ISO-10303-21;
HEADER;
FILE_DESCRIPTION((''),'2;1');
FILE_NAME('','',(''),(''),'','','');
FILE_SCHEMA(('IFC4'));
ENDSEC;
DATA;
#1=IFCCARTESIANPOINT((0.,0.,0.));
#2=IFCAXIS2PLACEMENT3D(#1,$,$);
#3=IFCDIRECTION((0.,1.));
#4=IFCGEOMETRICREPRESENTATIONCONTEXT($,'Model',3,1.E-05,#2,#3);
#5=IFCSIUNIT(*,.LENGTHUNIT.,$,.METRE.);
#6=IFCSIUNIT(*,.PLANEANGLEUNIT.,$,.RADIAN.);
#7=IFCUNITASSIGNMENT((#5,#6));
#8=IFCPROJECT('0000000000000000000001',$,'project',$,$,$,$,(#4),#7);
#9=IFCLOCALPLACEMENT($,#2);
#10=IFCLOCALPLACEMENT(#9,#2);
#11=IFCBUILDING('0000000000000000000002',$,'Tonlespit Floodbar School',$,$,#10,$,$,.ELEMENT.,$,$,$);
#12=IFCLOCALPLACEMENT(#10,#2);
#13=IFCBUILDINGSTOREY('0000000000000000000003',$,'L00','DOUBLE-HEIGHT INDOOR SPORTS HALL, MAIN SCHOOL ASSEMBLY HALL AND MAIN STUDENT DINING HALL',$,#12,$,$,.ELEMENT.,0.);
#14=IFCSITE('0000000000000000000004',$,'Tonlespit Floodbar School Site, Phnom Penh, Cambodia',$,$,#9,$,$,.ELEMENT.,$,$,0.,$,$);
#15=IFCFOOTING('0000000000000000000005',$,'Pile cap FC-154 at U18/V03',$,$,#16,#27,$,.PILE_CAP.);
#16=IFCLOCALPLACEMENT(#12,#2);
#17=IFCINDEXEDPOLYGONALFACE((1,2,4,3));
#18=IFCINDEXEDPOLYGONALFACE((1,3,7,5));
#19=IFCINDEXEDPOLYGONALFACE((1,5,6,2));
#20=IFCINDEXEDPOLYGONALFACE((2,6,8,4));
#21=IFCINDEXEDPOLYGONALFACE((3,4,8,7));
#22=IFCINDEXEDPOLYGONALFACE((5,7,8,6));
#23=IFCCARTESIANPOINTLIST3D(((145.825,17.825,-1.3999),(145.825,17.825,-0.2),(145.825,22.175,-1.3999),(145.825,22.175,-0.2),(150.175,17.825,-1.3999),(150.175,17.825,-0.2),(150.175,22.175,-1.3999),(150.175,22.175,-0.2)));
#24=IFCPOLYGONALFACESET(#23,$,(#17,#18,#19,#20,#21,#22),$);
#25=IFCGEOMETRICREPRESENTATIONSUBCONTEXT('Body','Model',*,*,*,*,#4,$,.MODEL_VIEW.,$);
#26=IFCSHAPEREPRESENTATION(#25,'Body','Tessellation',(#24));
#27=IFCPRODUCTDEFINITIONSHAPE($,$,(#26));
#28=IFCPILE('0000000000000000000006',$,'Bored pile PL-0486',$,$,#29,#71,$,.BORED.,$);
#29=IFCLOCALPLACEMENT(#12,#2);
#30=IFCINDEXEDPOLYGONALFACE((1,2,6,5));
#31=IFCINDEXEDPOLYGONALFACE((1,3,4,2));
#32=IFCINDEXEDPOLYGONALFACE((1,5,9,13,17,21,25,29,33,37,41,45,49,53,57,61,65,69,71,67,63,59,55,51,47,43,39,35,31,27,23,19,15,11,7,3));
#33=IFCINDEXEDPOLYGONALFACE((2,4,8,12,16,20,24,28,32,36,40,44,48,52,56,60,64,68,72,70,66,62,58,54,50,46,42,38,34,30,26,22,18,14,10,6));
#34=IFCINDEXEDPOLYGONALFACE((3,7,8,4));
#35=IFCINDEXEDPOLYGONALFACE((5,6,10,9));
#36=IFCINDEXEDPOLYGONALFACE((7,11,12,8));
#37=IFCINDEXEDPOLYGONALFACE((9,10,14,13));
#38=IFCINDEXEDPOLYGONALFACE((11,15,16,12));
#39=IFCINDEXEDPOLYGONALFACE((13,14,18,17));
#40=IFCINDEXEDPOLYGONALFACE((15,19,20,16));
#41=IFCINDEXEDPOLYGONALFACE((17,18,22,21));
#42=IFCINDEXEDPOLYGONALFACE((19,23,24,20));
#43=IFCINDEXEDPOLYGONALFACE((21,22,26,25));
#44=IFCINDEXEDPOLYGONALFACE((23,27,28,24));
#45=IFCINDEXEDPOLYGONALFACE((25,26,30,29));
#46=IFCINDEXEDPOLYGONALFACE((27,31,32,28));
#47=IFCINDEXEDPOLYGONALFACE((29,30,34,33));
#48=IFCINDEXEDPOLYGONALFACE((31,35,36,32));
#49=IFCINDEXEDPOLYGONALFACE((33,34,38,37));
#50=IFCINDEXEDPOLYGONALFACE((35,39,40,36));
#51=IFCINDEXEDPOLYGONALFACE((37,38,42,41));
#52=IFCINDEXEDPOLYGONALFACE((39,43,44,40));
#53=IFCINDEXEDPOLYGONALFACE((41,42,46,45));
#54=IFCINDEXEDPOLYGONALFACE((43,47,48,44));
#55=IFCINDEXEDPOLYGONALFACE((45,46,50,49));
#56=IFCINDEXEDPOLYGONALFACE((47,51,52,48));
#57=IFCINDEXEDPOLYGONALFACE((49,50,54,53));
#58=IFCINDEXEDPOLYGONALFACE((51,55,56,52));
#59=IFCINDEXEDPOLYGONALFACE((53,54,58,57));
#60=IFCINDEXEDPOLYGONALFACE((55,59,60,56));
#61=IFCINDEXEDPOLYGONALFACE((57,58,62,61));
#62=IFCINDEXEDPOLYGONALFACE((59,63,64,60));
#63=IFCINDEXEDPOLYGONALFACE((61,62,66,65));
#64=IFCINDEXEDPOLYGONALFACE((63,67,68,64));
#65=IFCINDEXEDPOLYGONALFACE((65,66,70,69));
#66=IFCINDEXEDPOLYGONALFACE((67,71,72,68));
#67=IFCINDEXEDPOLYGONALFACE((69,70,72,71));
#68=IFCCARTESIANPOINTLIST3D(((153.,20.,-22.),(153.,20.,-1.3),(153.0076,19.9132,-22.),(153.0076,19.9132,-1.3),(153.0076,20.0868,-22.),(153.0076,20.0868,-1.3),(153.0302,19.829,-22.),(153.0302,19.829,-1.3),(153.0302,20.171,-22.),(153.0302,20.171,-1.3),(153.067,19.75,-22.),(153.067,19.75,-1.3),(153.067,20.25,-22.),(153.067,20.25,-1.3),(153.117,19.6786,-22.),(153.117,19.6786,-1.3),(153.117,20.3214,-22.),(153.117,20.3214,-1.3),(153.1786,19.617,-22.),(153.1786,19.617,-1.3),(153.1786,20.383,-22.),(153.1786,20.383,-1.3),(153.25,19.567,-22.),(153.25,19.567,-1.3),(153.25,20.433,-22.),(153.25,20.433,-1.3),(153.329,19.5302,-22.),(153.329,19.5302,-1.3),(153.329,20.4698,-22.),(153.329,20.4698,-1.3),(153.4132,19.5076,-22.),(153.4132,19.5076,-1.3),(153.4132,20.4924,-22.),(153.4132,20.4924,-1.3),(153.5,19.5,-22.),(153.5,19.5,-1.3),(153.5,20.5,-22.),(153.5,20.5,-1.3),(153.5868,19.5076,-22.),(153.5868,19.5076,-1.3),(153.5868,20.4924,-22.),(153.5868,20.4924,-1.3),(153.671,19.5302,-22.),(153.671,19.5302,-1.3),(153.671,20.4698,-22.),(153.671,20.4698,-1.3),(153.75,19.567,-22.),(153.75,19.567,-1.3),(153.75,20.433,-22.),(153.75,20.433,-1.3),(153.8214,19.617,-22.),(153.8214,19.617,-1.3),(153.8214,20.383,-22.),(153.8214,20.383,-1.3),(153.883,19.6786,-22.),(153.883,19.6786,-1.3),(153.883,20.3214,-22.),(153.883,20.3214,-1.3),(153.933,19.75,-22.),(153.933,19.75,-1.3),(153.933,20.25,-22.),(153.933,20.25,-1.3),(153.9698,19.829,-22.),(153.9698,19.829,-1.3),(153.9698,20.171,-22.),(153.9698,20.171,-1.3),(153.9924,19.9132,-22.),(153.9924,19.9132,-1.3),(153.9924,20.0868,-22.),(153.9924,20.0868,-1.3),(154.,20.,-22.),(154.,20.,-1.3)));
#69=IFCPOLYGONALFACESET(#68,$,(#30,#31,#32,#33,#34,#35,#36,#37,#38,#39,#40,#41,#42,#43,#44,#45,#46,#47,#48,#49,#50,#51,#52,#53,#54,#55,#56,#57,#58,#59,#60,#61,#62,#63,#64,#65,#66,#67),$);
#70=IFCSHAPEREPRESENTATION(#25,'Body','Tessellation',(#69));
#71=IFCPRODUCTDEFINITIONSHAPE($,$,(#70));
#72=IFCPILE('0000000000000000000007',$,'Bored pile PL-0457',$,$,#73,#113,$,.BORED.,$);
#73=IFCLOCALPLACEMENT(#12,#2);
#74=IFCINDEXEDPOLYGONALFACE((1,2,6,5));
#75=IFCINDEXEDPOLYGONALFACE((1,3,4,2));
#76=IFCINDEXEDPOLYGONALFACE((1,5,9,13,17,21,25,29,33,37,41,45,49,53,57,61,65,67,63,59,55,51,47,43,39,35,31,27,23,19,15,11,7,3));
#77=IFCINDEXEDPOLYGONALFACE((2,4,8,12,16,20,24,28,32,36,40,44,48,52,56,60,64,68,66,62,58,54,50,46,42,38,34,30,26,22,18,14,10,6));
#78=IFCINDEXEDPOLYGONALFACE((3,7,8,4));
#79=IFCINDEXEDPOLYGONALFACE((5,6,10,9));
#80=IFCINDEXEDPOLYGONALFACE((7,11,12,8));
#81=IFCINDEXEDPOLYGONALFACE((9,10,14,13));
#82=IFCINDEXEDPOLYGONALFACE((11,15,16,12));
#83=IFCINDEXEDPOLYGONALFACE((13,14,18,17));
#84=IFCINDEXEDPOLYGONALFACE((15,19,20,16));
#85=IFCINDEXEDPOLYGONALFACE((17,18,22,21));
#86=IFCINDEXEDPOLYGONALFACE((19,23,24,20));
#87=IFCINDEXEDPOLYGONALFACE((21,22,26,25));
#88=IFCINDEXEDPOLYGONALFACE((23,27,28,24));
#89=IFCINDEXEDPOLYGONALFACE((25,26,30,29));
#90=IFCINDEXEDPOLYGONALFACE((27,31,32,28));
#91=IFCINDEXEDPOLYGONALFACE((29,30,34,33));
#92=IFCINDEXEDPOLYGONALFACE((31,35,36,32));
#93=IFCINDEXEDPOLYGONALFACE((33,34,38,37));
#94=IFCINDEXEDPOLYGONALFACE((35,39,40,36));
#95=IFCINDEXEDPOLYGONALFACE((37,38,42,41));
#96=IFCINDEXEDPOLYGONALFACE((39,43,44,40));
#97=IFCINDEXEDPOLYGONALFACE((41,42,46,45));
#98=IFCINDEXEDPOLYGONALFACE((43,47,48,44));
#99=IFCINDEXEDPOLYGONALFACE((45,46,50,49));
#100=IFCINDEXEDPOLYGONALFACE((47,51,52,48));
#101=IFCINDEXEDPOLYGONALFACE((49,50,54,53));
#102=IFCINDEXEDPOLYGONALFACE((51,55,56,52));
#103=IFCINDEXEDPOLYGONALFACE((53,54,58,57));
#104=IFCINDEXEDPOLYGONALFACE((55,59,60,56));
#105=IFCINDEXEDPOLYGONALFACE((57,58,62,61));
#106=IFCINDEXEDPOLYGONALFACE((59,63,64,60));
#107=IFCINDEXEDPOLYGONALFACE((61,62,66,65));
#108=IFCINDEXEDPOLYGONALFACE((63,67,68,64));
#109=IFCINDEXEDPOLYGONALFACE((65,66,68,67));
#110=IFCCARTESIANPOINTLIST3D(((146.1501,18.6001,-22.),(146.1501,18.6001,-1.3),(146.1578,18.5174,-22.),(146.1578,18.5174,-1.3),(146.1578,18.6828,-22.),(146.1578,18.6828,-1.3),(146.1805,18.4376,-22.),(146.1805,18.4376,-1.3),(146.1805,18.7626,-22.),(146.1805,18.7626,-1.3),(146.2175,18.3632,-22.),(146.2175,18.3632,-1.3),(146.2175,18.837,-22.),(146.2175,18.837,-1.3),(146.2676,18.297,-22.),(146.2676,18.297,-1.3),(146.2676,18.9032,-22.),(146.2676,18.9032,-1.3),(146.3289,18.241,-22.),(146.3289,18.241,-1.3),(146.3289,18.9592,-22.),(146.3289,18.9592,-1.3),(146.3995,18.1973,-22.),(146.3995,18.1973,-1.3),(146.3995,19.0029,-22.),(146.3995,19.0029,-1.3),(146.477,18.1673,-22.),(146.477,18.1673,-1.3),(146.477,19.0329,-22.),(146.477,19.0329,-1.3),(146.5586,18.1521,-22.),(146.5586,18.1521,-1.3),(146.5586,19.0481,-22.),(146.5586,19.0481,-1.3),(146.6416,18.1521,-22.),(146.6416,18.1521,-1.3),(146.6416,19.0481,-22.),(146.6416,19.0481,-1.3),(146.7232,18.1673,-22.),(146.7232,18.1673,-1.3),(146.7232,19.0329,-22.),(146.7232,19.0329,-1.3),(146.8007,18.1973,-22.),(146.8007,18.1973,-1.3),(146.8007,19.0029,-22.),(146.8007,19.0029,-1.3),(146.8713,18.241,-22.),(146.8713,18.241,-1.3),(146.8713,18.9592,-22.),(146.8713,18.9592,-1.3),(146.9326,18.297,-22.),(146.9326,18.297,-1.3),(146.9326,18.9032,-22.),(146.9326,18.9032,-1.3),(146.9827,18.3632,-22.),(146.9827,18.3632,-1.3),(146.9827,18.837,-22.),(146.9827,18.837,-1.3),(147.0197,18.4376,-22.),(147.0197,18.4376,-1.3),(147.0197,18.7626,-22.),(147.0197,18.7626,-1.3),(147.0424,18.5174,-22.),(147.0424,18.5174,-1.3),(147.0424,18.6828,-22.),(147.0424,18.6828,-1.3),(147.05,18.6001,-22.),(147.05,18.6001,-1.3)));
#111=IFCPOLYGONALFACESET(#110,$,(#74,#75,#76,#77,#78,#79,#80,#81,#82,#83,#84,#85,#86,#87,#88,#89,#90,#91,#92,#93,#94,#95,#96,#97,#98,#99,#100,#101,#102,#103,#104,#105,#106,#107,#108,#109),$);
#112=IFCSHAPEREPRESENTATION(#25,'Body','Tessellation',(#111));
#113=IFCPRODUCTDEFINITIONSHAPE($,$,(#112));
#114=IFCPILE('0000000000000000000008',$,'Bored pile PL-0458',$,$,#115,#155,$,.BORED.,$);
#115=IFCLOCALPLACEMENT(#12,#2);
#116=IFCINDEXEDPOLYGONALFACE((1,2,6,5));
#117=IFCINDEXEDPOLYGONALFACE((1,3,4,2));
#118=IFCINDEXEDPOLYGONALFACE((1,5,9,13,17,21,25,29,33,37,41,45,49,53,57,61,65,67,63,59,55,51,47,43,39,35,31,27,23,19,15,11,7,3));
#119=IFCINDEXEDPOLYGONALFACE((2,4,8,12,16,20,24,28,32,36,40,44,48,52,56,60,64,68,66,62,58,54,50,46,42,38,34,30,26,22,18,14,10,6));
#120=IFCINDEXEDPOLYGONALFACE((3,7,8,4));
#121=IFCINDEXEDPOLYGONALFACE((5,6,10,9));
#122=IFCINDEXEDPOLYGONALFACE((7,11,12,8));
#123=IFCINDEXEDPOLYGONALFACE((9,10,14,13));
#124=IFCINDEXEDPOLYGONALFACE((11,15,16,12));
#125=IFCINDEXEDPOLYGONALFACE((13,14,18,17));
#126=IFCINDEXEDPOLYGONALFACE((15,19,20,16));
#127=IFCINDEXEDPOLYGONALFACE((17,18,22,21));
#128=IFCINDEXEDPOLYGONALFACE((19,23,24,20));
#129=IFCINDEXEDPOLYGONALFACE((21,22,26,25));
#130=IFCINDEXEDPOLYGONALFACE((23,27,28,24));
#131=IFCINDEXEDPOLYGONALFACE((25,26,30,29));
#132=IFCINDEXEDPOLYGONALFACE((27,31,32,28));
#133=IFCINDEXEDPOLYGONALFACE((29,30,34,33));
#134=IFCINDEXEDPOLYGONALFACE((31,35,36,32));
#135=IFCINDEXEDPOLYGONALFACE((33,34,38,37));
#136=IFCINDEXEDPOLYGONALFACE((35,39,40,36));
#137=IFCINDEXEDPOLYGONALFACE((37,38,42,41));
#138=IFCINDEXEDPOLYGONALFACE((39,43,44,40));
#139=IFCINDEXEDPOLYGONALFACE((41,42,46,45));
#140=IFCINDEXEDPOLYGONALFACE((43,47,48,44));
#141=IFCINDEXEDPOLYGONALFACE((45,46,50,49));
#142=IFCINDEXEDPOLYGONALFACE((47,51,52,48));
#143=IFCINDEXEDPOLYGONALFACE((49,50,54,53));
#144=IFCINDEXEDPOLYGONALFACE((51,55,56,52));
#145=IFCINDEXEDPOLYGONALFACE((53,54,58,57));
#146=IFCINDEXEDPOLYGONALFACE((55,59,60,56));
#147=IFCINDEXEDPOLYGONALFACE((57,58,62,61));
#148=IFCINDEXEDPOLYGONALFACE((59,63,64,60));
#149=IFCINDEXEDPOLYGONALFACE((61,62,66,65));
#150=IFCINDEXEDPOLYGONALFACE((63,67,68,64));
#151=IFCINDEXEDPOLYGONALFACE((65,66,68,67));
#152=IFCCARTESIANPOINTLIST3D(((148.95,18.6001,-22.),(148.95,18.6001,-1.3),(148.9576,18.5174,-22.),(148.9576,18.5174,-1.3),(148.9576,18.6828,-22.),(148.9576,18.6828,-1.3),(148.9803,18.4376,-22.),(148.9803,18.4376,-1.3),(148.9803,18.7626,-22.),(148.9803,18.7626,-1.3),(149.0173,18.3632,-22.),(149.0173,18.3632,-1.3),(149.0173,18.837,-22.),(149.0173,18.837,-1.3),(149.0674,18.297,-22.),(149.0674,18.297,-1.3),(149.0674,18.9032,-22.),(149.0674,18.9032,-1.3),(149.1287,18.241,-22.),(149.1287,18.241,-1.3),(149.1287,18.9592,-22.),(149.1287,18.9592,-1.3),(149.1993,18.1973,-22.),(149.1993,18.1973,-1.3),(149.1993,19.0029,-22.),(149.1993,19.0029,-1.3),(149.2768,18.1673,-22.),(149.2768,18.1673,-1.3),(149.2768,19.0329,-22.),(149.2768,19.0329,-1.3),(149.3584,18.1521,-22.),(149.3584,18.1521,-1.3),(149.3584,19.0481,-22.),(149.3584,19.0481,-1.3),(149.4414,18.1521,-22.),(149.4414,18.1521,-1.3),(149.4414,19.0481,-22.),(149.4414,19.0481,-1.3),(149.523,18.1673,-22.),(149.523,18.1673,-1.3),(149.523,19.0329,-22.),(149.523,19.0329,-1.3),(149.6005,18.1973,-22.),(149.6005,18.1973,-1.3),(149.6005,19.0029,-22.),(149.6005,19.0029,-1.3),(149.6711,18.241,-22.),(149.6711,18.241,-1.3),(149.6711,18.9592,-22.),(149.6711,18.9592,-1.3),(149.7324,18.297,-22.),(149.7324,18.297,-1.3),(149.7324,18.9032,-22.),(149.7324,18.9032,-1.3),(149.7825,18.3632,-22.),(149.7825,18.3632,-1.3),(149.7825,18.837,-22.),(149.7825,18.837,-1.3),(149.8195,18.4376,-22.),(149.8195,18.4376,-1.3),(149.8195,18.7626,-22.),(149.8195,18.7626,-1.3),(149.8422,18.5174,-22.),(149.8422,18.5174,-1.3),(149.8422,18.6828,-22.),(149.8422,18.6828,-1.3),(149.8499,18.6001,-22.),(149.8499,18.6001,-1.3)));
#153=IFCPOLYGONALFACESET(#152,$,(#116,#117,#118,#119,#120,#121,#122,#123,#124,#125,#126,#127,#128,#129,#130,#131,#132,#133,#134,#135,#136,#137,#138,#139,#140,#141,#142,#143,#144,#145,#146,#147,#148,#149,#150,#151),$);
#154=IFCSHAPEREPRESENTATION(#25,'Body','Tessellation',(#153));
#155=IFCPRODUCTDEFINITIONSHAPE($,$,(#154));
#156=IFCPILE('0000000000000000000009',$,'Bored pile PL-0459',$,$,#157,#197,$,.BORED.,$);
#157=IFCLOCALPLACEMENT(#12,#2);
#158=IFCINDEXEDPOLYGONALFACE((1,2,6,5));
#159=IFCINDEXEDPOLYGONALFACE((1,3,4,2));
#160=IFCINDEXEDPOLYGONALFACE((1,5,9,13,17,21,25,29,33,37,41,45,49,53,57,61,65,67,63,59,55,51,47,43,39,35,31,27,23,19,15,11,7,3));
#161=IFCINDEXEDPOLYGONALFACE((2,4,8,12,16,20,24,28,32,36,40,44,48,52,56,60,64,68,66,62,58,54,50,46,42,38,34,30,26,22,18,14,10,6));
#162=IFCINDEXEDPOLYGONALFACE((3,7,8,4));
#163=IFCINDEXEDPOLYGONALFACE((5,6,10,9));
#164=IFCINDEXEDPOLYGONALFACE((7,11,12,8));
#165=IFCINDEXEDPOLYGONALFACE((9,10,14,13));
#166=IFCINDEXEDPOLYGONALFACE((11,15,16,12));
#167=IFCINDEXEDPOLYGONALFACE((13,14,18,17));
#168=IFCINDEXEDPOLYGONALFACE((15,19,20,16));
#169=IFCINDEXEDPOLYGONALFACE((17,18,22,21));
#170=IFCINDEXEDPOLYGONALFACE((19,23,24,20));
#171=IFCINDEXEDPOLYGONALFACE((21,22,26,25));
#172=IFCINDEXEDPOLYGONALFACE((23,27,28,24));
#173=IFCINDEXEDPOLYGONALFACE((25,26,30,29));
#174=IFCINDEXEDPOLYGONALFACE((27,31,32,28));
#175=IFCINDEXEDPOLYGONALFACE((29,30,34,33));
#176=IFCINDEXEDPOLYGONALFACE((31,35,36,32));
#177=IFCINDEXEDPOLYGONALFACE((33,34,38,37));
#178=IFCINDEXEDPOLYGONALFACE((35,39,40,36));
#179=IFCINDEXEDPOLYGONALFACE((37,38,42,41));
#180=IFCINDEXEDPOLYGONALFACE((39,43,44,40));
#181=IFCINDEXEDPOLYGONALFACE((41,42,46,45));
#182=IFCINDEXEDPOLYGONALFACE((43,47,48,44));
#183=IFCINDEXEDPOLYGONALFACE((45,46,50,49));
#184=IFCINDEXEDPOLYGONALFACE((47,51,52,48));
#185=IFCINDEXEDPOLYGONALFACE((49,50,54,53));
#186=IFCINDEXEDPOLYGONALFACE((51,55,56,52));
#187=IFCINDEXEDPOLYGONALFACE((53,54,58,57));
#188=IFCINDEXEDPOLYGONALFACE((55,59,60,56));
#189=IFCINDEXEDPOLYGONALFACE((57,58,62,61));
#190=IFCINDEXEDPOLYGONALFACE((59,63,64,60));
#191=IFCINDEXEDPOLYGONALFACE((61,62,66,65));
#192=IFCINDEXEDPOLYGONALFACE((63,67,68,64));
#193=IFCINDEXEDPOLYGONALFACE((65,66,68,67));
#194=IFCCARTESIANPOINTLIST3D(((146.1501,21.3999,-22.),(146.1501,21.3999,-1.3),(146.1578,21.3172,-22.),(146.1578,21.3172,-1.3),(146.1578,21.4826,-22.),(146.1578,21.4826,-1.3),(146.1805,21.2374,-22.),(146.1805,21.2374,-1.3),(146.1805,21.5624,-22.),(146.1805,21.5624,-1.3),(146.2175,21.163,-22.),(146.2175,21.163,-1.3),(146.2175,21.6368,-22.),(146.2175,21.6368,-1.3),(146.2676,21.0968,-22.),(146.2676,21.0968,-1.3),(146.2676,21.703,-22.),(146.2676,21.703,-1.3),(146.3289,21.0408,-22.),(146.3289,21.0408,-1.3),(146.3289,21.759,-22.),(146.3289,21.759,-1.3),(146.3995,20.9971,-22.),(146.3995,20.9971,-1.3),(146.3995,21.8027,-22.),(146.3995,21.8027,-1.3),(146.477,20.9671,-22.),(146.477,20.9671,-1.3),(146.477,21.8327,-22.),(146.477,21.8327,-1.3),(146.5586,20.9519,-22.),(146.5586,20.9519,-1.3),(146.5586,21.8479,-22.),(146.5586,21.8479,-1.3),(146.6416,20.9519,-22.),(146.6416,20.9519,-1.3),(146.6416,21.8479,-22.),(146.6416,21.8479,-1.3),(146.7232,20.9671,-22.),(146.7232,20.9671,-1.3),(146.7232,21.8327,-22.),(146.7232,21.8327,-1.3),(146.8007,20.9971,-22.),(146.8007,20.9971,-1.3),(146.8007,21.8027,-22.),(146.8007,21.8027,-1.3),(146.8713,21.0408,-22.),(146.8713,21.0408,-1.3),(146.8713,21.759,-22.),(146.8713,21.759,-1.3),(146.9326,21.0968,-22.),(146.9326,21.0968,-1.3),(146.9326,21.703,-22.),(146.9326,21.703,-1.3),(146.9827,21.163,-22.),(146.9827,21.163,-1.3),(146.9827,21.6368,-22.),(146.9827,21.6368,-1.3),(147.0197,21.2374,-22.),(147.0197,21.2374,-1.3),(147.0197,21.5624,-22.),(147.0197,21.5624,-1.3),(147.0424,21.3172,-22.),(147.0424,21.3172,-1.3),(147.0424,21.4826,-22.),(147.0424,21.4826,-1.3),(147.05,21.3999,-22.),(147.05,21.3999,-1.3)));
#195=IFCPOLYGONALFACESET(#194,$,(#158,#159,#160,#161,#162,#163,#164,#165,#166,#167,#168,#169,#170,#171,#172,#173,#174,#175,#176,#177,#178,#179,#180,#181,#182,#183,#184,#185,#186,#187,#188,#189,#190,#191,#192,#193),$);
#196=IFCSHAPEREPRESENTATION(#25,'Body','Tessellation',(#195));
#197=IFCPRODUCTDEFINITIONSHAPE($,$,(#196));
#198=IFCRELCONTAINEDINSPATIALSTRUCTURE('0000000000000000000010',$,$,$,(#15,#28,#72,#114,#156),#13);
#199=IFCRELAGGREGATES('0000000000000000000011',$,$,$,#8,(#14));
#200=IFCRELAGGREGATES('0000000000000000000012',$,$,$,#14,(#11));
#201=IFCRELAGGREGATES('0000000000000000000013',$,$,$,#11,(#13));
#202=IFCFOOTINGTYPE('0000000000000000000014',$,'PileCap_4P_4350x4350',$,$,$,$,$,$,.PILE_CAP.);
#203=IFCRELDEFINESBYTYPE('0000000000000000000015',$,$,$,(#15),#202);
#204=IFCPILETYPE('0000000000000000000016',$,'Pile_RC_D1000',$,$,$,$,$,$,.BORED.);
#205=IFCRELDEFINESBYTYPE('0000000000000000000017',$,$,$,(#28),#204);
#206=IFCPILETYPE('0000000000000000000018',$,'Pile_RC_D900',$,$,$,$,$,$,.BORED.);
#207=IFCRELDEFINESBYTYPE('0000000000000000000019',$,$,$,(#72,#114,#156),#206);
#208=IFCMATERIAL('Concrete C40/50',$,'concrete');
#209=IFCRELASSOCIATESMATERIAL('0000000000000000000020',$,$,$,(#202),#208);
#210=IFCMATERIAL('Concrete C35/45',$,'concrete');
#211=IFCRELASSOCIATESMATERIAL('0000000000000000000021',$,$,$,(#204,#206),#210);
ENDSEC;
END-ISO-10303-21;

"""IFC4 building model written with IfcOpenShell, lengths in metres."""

from ifc_helpers import new_model, si_unit, direction, frame, origin, origin_2d, place, context, subcontext, project, spatial, rectangle, circle, extrude, material, material_profile, profile_set, type_object, element, save


model = new_model("IFC4")

# Units and contexts
model_context = context("Model", 3, precision=1e-05, world=origin(), true_north=direction((0.0, 1.0)))
body_context = subcontext(model_context, "Body", "Model", "MODEL_VIEW")
ifc_project = project(units=[si_unit("LENGTHUNIT", "METRE"), si_unit("PLANEANGLEUNIT", "RADIAN")], contexts=[model_context])

# Site, building, storey
site_placement = place(None, origin())
site = spatial("IfcSite", under=ifc_project, at=site_placement, Name="Tonlespit Floodbar School Site, Phnom Penh, Cambodia", CompositionType="ELEMENT", RefElevation=0.0)
building_placement = place(site_placement, origin())
building = spatial("IfcBuilding", under=site, at=building_placement, Name="Tonlespit Floodbar School", CompositionType="ELEMENT")
storey_placement = place(building_placement, origin())
storey = spatial("IfcBuildingStorey", under=building, at=storey_placement, Name="L00", Description="DOUBLE-HEIGHT INDOOR SPORTS HALL, MAIN SCHOOL ASSEMBLY HALL AND MAIN STUDENT DINING HALL", CompositionType="ELEMENT", Elevation=0.0)

# Footing
ifc_material_1 = material(Name="Concrete C40/50", Category="concrete")
footing_type_1 = type_object("IfcFootingType", Name="PileCap_4P_4350x4350", PredefinedType="PILE_CAP", material=ifc_material_1)
footing_1_placement = place(storey_placement, frame((148.0, 20.0, -1.3999), z_axis=(0.0, 0.0, 1.0), x_axis=(1.0, 0.0, 0.0)))
element("IfcFooting", 1, at=footing_1_placement, inside=storey, type_object=footing_type_1, Name="Pile cap FC-154 at U18/V03", PredefinedType="PILE_CAP", context=body_context, shape_type="SweptSolid", body=[
    extrude(rectangle(XDim=4.3501, YDim=4.3501, at=origin_2d()), origin(), (0.0, 0.0, 1.0), 1.2),
])

# Piles
ifc_material_2 = material(Name="Concrete C35/45", Category="concrete")
ifc_material_profile_1 = material_profile(ifc_material_2, circle(Radius=0.5, at=origin_2d()), Name="BP D1000")
ifc_profile_set_1 = profile_set([ifc_material_profile_1], Name="Concrete C35/45")
pile_type_1 = type_object("IfcPileType", Name="Pile_RC_D1000", PredefinedType="BORED", material=ifc_profile_set_1)
pile_placement = place(storey_placement, frame((153.5, 20.0, -1.3), z_axis=(0.0, 0.0, -1.0), x_axis=(1.0, 0.0, 0.0)))
element("IfcPile", 2, at=pile_placement, inside=storey, type_object=pile_type_1, Name="Bored pile PL-0486", PredefinedType="BORED", context=body_context, shape_type="SweptSolid", body=[
    extrude(circle(Radius=0.5, at=origin_2d()), origin(), (0.0, 0.0, 1.0), 20.7),
])
ifc_material_profile_2 = material_profile(ifc_material_2, circle(Radius=0.45, at=origin_2d()), Name="BP D900")
ifc_profile_set_2 = profile_set([ifc_material_profile_2], Name="Concrete C35/45")
pile_type_2 = type_object("IfcPileType", Name="Pile_RC_D900", PredefinedType="BORED", material=ifc_profile_set_2)
for number, where, z_axis, x_axis, name in (
    (3, (146.6001, 18.6001, -1.3), (0.0, 0.0, -1.0), (1.0, 0.0, 0.0), "Bored pile PL-0457"),
    (4, (149.3999, 18.6001, -1.3), (0.0, 0.0, -1.0), (1.0, 0.0, 0.0), "Bored pile PL-0458"),
    (5, (146.6001, 21.3999, -1.3), (0.0, 0.0, -1.0), (1.0, 0.0, 0.0), "Bored pile PL-0459"),
):
    element("IfcPile", number, at=place(storey_placement, frame(where, z_axis=z_axis, x_axis=x_axis)), inside=storey, type_object=pile_type_2, Name=name, PredefinedType="BORED", context=body_context, shape_type="SweptSolid", body=[
        extrude(circle(Radius=0.45, at=origin_2d()), origin(), (0.0, 0.0, 1.0), 20.7),
    ])

save(model, "model.ifc")
